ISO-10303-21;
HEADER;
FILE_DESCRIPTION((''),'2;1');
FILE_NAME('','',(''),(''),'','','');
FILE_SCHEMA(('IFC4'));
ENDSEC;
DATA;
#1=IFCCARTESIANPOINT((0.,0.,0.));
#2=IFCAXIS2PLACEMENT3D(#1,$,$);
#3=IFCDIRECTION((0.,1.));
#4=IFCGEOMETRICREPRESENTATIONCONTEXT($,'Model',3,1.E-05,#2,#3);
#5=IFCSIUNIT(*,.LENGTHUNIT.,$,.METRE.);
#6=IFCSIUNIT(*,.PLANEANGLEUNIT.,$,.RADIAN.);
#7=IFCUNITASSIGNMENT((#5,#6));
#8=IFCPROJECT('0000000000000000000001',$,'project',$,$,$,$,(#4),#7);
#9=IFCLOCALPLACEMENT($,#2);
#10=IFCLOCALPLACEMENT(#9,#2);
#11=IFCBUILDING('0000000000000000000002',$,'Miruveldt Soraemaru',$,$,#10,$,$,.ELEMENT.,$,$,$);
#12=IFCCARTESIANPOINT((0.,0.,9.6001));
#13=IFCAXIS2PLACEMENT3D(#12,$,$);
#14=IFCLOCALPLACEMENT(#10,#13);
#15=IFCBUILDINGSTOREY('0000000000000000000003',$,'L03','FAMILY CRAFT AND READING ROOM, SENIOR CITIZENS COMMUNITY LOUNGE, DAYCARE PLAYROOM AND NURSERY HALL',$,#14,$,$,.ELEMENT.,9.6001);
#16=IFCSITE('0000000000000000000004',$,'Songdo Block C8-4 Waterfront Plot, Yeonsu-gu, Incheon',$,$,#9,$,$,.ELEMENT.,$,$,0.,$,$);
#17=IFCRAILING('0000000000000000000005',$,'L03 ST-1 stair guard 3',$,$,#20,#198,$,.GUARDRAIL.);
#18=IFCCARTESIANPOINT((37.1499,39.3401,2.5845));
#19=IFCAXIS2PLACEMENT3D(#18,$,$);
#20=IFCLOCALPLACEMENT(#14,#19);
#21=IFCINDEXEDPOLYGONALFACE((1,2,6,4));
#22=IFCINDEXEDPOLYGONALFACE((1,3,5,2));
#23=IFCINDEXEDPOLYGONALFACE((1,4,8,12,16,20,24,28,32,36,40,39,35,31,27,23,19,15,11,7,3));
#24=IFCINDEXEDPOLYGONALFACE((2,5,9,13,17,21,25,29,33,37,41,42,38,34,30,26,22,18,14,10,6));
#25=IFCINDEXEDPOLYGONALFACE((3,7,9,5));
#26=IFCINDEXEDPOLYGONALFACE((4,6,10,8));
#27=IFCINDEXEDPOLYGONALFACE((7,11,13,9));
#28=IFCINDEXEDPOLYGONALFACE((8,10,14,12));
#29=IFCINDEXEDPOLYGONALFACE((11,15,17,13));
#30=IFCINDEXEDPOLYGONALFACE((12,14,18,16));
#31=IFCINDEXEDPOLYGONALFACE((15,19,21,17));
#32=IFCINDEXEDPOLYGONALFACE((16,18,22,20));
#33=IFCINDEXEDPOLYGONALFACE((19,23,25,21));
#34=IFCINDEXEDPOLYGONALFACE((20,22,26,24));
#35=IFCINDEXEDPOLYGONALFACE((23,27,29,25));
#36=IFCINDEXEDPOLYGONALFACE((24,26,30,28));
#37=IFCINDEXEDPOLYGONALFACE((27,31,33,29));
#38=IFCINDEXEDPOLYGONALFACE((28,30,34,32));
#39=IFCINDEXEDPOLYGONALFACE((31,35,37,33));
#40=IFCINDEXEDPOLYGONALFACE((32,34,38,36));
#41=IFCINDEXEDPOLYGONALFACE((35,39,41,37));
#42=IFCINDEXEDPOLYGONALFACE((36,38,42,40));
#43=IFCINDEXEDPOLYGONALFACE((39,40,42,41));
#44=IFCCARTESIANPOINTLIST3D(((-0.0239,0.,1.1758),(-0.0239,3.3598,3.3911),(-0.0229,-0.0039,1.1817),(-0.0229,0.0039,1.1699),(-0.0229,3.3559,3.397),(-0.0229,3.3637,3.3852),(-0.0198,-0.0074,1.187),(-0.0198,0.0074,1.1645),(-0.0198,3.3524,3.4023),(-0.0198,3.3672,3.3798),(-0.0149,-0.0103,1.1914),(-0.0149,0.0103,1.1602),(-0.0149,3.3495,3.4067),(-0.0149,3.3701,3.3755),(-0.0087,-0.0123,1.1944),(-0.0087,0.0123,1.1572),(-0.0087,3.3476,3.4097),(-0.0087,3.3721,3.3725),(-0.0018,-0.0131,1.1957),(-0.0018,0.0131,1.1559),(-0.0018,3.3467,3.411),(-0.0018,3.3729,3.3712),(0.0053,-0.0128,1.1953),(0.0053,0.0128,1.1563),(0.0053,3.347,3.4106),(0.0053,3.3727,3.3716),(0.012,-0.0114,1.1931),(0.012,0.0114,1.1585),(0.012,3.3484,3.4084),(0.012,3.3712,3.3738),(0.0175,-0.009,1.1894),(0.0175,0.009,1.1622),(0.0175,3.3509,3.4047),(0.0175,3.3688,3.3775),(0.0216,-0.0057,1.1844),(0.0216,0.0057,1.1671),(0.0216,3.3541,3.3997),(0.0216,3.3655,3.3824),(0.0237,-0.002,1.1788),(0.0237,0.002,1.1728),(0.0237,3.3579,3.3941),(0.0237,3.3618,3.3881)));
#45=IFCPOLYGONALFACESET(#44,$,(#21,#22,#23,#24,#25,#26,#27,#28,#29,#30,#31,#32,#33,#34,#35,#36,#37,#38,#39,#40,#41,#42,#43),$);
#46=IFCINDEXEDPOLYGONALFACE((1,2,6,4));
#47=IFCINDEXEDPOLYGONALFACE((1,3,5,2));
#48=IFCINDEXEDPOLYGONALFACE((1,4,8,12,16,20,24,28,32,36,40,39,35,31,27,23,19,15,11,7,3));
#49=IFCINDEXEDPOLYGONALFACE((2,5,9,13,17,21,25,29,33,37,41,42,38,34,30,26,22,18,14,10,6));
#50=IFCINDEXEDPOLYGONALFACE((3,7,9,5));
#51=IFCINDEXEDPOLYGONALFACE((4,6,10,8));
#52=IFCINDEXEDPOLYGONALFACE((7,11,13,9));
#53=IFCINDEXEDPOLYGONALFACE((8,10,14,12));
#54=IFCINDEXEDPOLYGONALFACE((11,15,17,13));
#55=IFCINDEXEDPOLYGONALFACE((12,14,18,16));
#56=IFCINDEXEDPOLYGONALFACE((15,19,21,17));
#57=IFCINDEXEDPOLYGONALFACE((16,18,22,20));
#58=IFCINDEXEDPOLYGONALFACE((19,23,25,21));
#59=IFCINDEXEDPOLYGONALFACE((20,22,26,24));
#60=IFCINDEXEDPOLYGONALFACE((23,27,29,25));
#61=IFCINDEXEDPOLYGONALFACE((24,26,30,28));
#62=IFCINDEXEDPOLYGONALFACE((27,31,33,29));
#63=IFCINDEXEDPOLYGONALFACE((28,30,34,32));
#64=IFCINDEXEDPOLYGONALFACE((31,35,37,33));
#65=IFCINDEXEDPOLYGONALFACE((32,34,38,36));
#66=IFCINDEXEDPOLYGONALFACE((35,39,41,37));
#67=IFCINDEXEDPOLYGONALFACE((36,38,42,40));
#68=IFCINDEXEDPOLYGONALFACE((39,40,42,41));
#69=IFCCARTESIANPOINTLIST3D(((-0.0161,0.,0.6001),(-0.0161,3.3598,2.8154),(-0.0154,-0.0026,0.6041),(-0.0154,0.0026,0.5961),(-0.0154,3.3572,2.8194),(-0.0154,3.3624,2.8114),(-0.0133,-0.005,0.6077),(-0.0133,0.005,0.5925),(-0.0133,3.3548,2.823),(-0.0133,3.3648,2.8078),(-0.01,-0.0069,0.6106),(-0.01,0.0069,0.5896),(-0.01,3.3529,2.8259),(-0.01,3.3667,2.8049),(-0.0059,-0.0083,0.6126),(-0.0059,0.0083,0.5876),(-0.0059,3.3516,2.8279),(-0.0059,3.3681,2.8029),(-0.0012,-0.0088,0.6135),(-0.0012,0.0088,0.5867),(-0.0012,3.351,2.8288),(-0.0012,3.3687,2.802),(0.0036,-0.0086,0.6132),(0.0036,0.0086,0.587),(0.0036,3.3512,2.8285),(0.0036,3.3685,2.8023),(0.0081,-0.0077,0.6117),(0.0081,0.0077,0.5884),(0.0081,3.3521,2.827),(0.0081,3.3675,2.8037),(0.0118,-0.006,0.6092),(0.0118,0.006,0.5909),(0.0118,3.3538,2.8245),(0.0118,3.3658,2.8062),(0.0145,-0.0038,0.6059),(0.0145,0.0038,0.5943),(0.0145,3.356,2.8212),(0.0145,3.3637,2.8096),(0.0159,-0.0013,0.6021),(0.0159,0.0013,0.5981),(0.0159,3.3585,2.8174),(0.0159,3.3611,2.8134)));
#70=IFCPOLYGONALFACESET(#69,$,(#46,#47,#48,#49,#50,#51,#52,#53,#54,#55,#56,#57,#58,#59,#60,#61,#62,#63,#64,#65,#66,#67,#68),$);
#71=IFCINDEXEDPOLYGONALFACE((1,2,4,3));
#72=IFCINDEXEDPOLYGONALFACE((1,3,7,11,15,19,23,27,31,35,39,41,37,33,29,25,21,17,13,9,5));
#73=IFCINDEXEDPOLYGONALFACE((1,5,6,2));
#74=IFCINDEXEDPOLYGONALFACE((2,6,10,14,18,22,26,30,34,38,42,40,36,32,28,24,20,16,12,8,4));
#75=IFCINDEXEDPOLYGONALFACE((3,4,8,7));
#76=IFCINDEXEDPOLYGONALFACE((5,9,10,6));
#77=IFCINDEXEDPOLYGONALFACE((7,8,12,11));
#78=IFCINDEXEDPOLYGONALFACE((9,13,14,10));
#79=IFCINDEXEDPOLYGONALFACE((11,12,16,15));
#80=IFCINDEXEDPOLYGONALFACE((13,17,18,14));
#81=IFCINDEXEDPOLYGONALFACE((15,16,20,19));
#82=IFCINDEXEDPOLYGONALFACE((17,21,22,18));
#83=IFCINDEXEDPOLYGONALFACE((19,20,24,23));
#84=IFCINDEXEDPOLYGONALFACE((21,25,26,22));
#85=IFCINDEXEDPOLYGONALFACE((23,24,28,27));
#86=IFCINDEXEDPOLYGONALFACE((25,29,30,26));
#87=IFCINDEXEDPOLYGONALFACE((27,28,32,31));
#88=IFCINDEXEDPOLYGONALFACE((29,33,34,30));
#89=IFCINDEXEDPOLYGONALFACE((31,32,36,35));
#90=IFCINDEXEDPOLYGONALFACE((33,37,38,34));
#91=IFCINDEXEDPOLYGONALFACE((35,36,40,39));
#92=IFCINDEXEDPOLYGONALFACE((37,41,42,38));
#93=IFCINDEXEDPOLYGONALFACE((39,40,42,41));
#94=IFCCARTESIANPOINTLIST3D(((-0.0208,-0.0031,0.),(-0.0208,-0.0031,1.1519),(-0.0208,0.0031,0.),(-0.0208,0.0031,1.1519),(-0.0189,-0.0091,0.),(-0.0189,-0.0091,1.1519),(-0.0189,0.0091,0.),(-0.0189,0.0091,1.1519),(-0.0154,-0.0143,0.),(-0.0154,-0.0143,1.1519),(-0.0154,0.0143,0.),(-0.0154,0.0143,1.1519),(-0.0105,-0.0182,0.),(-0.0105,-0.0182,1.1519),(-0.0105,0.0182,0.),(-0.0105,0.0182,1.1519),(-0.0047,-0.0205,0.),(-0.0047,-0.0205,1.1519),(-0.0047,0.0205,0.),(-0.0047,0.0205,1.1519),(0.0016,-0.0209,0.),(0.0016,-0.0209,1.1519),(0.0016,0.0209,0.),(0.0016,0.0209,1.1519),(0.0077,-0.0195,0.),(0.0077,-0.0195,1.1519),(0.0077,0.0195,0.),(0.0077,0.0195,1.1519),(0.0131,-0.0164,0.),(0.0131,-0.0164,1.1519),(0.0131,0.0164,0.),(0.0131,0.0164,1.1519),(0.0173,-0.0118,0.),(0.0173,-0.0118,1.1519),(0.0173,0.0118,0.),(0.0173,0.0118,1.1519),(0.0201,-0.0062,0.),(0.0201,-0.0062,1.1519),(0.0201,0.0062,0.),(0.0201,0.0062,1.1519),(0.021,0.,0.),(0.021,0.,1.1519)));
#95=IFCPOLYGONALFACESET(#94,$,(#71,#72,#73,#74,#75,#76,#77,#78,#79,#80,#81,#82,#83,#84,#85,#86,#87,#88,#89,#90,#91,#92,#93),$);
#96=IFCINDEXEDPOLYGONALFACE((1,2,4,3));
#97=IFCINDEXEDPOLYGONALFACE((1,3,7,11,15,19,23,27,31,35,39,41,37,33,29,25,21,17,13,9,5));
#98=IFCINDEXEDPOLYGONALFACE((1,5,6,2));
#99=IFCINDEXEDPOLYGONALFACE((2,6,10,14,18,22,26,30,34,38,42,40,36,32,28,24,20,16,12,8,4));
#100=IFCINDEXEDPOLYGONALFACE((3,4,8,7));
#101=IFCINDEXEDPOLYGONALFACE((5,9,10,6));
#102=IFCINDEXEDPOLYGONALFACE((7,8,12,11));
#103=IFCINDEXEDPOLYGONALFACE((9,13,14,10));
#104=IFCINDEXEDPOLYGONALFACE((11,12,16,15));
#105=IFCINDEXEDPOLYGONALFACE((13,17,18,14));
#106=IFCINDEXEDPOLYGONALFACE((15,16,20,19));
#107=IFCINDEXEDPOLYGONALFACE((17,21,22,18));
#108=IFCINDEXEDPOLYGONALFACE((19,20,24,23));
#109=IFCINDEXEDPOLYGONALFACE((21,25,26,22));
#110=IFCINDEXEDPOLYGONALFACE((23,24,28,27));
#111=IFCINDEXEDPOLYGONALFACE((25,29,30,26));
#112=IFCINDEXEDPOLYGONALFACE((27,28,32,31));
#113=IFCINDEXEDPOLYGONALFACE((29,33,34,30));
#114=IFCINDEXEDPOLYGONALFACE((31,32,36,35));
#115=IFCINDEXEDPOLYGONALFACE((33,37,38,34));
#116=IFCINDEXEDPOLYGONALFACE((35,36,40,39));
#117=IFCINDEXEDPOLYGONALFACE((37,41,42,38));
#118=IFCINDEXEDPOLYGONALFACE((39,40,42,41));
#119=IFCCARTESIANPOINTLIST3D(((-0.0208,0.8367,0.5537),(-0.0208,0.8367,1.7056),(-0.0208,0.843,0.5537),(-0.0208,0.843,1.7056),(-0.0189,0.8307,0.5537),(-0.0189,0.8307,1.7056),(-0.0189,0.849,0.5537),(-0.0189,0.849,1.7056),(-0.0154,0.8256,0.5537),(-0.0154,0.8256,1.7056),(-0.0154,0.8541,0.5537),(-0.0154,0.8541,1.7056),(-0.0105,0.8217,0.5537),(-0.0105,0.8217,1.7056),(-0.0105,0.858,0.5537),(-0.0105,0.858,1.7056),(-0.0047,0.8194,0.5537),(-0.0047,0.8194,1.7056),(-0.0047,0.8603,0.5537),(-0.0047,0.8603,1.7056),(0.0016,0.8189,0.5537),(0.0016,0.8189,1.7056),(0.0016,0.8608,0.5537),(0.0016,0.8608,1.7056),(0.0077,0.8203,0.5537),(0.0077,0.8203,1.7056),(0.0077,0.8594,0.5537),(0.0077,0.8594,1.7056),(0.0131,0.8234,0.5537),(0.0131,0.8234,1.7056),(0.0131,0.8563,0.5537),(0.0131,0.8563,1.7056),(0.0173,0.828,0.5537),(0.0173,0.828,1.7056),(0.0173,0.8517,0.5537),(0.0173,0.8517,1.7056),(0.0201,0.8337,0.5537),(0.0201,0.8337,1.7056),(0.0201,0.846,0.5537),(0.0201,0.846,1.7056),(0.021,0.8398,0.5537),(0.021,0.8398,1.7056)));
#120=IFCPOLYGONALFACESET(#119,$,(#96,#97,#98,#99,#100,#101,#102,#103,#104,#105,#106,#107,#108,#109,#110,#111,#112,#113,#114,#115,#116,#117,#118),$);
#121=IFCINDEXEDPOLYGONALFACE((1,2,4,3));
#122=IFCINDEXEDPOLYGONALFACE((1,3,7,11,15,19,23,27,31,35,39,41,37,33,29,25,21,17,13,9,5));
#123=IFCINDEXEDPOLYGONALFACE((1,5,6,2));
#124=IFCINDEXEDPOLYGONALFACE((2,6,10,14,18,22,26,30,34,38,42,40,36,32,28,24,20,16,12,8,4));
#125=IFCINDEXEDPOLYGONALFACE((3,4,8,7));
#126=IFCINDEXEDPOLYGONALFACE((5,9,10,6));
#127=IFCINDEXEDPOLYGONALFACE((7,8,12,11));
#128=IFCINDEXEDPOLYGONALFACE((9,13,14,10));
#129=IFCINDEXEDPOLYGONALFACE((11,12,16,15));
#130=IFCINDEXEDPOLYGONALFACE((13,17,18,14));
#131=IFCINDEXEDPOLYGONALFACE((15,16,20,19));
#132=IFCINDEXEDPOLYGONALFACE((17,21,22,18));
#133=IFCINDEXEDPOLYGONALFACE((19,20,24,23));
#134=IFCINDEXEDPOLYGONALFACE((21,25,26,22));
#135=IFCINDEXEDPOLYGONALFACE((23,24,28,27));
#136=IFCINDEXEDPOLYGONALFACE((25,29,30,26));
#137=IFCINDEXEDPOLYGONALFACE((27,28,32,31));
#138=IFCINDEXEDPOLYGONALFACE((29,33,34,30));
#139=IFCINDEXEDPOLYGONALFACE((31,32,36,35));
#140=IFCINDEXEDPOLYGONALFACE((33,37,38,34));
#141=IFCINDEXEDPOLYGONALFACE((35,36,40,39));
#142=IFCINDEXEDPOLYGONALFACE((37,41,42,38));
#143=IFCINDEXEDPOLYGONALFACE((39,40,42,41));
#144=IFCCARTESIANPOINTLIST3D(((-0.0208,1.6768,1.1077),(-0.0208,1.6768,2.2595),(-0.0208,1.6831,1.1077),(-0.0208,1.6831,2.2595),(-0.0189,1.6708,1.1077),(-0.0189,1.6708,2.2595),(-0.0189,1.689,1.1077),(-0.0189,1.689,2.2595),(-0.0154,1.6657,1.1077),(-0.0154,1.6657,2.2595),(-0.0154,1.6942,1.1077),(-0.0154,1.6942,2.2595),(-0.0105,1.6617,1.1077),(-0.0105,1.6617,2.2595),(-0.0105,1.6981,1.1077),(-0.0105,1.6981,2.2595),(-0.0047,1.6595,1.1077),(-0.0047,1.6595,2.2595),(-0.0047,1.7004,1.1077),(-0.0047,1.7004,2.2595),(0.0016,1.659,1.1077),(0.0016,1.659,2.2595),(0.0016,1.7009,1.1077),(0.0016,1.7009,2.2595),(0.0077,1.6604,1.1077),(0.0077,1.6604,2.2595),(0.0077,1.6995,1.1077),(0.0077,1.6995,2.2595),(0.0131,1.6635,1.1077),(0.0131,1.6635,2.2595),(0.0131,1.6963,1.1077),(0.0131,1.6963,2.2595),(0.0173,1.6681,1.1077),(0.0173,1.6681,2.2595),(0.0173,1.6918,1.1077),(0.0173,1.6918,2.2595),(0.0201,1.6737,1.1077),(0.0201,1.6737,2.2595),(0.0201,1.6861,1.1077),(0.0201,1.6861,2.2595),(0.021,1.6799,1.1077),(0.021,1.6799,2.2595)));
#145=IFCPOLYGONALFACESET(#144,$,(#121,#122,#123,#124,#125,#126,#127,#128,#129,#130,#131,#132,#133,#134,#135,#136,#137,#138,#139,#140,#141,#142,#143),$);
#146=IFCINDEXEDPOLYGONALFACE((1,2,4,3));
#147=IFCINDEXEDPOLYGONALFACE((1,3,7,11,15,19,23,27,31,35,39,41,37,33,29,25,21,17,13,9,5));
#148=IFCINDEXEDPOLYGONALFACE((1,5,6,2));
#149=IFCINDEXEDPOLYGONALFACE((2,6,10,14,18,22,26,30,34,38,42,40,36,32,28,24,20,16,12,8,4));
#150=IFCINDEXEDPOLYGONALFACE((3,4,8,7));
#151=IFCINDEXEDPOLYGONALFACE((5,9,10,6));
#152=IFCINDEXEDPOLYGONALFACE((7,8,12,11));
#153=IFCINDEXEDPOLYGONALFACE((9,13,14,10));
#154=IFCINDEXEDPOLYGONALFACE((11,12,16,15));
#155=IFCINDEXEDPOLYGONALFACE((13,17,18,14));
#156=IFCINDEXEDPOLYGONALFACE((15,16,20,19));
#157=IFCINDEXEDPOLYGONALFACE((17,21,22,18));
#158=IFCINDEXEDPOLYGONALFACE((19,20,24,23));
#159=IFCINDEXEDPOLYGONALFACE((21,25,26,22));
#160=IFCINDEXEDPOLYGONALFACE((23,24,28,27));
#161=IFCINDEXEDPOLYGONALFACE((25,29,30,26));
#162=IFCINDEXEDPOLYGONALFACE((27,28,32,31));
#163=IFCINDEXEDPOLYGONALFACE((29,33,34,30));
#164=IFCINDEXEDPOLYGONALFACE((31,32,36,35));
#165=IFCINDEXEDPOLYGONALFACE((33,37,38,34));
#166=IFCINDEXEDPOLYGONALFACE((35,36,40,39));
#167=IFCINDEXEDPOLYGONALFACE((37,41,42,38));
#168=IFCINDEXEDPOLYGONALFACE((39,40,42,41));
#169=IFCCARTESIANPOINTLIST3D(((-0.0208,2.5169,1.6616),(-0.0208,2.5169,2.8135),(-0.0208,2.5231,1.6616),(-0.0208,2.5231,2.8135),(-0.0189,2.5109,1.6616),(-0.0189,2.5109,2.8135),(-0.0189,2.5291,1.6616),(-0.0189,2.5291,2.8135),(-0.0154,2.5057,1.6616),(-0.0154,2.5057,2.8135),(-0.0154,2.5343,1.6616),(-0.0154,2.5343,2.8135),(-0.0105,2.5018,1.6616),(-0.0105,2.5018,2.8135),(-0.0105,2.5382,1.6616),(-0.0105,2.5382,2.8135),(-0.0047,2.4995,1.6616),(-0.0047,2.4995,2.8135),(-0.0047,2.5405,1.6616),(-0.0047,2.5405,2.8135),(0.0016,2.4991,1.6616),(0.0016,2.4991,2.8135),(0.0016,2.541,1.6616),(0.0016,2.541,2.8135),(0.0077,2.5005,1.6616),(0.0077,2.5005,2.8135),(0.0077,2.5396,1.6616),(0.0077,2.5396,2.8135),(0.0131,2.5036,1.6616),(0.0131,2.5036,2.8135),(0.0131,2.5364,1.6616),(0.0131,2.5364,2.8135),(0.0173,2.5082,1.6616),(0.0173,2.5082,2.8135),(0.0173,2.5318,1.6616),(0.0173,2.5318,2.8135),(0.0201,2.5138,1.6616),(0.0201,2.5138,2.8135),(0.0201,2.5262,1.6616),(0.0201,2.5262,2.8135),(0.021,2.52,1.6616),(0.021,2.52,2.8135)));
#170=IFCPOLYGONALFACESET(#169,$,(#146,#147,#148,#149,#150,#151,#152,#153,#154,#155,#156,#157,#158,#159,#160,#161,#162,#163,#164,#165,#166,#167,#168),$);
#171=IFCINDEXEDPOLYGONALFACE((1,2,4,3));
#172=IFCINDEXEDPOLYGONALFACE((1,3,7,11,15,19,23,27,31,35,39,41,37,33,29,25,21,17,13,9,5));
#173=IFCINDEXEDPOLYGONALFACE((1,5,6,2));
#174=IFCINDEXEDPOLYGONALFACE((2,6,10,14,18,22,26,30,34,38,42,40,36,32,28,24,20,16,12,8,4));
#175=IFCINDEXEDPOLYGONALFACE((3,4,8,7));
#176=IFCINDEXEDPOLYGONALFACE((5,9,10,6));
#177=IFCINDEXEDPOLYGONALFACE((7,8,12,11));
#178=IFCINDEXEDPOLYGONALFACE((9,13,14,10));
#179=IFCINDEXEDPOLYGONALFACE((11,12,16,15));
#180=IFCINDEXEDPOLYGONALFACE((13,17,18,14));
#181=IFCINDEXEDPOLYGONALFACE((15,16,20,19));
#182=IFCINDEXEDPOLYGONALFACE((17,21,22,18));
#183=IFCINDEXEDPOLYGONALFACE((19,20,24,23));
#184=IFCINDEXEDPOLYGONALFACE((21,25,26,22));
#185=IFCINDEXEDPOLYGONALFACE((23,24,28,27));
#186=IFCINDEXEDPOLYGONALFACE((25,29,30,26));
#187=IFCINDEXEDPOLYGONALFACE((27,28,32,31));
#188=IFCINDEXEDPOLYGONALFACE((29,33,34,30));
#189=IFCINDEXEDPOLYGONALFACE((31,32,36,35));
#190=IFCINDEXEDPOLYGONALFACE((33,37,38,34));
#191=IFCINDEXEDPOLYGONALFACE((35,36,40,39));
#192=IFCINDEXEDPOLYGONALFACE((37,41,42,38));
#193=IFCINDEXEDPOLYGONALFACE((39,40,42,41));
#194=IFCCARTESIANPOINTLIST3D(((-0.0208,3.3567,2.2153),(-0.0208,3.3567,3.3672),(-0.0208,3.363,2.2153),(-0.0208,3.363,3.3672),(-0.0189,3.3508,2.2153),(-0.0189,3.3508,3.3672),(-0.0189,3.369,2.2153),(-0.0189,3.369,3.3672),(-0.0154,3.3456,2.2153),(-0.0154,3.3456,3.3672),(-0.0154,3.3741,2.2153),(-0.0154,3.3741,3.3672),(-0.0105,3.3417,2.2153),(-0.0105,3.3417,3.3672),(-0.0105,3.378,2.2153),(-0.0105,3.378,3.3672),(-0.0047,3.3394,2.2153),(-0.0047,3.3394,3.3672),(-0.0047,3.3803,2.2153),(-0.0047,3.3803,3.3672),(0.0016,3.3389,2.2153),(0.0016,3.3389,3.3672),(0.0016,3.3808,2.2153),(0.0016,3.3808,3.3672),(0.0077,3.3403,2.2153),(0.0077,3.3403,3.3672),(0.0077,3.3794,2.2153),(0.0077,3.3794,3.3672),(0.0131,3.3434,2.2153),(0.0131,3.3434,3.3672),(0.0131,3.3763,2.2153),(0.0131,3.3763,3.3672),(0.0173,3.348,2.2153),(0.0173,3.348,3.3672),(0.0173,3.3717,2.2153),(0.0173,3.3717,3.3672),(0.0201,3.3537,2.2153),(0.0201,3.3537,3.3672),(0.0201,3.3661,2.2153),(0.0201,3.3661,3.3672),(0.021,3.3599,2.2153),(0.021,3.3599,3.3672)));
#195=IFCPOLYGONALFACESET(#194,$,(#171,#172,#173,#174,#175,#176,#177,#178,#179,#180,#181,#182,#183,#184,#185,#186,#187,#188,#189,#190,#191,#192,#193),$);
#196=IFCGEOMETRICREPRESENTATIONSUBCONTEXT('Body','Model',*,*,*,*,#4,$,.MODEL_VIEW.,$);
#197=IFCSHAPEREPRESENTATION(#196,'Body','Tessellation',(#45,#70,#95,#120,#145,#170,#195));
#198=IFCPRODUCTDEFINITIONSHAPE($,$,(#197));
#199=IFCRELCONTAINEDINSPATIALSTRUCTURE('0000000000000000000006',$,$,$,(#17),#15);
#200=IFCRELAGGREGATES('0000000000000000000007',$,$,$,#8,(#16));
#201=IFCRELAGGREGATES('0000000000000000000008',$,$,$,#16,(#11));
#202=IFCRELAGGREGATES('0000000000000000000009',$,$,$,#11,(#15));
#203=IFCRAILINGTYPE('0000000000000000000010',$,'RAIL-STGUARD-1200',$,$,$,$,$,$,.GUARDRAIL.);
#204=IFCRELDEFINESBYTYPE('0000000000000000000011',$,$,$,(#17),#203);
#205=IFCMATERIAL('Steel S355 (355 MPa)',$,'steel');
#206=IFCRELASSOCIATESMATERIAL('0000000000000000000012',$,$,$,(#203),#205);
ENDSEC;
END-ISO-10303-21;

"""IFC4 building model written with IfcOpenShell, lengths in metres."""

from ifc_helpers import new_model, si_unit, direction, frame, origin, origin_2d, place, context, subcontext, project, spatial, circle, extrude, material, type_object, element, save


model = new_model("IFC4")

# Units and contexts
model_context = context("Model", 3, precision=1e-05, world=origin(), true_north=direction((0.0, 1.0)))
body_context = subcontext(model_context, "Body", "Model", "MODEL_VIEW")
ifc_project = project(units=[si_unit("LENGTHUNIT", "METRE"), si_unit("PLANEANGLEUNIT", "RADIAN")], contexts=[model_context])

# Site, building, storey
site_placement = place(None, origin())
site = spatial("IfcSite", under=ifc_project, at=site_placement, Name="Songdo Block C8-4 Waterfront Plot, Yeonsu-gu, Incheon", CompositionType="ELEMENT", RefElevation=0.0)
building_placement = place(site_placement, origin())
building = spatial("IfcBuilding", under=site, at=building_placement, Name="Miruveldt Soraemaru", CompositionType="ELEMENT")
storey_placement = place(building_placement, frame((0.0, 0.0, 9.6001)))
storey = spatial("IfcBuildingStorey", under=building, at=storey_placement, Name="L03", Description="FAMILY CRAFT AND READING ROOM, SENIOR CITIZENS COMMUNITY LOUNGE, DAYCARE PLAYROOM AND NURSERY HALL", CompositionType="ELEMENT", Elevation=9.6001)

# Railing
ifc_material_1 = material(Name="Steel S355 (355 MPa)", Category="steel")
railing_type_1 = type_object("IfcRailingType", Name="RAIL-STGUARD-1200", PredefinedType="GUARDRAIL", material=ifc_material_1)
railing_1_placement = place(storey_placement, frame((37.1499, 39.3401, 2.5845)))
element("IfcRailing", 1, at=railing_1_placement, inside=storey, type_object=railing_type_1, Name="L03 ST-1 stair guard 3", PredefinedType="GUARDRAIL", context=body_context, shape_type="SweptSolid", body=[
    extrude(circle(Radius=0.0239, at=origin_2d()), frame((0.0, 0.0, 1.1758), z_axis=(0.0, 0.834858, 0.550465), x_axis=(-1.0, 0.0, 0.0)), (0.0, 0.0, 1.0), 4.0244),
    extrude(circle(Radius=0.0161, at=origin_2d()), frame((0.0, 0.0, 0.6001), z_axis=(0.0, 0.834858, 0.550465), x_axis=(-1.0, 0.0, 0.0)), (0.0, 0.0, 1.0), 4.0244),
    extrude(circle(Radius=0.021, at=origin_2d()), origin(), (0.0, 0.0, 1.0), 1.1519),
    extrude(circle(Radius=0.021, at=origin_2d()), frame((0.0, 0.8398, 0.5537)), (0.0, 0.0, 1.0), 1.1519),
    extrude(circle(Radius=0.021, at=origin_2d()), frame((0.0, 1.6799, 1.1077)), (0.0, 0.0, 1.0), 1.1519),
    extrude(circle(Radius=0.021, at=origin_2d()), frame((0.0, 2.52, 1.6616)), (0.0, 0.0, 1.0), 1.1519),
    extrude(circle(Radius=0.021, at=origin_2d()), frame((0.0, 3.3599, 2.2153)), (0.0, 0.0, 1.0), 1.1519),
])

save(model, "model.ifc")
